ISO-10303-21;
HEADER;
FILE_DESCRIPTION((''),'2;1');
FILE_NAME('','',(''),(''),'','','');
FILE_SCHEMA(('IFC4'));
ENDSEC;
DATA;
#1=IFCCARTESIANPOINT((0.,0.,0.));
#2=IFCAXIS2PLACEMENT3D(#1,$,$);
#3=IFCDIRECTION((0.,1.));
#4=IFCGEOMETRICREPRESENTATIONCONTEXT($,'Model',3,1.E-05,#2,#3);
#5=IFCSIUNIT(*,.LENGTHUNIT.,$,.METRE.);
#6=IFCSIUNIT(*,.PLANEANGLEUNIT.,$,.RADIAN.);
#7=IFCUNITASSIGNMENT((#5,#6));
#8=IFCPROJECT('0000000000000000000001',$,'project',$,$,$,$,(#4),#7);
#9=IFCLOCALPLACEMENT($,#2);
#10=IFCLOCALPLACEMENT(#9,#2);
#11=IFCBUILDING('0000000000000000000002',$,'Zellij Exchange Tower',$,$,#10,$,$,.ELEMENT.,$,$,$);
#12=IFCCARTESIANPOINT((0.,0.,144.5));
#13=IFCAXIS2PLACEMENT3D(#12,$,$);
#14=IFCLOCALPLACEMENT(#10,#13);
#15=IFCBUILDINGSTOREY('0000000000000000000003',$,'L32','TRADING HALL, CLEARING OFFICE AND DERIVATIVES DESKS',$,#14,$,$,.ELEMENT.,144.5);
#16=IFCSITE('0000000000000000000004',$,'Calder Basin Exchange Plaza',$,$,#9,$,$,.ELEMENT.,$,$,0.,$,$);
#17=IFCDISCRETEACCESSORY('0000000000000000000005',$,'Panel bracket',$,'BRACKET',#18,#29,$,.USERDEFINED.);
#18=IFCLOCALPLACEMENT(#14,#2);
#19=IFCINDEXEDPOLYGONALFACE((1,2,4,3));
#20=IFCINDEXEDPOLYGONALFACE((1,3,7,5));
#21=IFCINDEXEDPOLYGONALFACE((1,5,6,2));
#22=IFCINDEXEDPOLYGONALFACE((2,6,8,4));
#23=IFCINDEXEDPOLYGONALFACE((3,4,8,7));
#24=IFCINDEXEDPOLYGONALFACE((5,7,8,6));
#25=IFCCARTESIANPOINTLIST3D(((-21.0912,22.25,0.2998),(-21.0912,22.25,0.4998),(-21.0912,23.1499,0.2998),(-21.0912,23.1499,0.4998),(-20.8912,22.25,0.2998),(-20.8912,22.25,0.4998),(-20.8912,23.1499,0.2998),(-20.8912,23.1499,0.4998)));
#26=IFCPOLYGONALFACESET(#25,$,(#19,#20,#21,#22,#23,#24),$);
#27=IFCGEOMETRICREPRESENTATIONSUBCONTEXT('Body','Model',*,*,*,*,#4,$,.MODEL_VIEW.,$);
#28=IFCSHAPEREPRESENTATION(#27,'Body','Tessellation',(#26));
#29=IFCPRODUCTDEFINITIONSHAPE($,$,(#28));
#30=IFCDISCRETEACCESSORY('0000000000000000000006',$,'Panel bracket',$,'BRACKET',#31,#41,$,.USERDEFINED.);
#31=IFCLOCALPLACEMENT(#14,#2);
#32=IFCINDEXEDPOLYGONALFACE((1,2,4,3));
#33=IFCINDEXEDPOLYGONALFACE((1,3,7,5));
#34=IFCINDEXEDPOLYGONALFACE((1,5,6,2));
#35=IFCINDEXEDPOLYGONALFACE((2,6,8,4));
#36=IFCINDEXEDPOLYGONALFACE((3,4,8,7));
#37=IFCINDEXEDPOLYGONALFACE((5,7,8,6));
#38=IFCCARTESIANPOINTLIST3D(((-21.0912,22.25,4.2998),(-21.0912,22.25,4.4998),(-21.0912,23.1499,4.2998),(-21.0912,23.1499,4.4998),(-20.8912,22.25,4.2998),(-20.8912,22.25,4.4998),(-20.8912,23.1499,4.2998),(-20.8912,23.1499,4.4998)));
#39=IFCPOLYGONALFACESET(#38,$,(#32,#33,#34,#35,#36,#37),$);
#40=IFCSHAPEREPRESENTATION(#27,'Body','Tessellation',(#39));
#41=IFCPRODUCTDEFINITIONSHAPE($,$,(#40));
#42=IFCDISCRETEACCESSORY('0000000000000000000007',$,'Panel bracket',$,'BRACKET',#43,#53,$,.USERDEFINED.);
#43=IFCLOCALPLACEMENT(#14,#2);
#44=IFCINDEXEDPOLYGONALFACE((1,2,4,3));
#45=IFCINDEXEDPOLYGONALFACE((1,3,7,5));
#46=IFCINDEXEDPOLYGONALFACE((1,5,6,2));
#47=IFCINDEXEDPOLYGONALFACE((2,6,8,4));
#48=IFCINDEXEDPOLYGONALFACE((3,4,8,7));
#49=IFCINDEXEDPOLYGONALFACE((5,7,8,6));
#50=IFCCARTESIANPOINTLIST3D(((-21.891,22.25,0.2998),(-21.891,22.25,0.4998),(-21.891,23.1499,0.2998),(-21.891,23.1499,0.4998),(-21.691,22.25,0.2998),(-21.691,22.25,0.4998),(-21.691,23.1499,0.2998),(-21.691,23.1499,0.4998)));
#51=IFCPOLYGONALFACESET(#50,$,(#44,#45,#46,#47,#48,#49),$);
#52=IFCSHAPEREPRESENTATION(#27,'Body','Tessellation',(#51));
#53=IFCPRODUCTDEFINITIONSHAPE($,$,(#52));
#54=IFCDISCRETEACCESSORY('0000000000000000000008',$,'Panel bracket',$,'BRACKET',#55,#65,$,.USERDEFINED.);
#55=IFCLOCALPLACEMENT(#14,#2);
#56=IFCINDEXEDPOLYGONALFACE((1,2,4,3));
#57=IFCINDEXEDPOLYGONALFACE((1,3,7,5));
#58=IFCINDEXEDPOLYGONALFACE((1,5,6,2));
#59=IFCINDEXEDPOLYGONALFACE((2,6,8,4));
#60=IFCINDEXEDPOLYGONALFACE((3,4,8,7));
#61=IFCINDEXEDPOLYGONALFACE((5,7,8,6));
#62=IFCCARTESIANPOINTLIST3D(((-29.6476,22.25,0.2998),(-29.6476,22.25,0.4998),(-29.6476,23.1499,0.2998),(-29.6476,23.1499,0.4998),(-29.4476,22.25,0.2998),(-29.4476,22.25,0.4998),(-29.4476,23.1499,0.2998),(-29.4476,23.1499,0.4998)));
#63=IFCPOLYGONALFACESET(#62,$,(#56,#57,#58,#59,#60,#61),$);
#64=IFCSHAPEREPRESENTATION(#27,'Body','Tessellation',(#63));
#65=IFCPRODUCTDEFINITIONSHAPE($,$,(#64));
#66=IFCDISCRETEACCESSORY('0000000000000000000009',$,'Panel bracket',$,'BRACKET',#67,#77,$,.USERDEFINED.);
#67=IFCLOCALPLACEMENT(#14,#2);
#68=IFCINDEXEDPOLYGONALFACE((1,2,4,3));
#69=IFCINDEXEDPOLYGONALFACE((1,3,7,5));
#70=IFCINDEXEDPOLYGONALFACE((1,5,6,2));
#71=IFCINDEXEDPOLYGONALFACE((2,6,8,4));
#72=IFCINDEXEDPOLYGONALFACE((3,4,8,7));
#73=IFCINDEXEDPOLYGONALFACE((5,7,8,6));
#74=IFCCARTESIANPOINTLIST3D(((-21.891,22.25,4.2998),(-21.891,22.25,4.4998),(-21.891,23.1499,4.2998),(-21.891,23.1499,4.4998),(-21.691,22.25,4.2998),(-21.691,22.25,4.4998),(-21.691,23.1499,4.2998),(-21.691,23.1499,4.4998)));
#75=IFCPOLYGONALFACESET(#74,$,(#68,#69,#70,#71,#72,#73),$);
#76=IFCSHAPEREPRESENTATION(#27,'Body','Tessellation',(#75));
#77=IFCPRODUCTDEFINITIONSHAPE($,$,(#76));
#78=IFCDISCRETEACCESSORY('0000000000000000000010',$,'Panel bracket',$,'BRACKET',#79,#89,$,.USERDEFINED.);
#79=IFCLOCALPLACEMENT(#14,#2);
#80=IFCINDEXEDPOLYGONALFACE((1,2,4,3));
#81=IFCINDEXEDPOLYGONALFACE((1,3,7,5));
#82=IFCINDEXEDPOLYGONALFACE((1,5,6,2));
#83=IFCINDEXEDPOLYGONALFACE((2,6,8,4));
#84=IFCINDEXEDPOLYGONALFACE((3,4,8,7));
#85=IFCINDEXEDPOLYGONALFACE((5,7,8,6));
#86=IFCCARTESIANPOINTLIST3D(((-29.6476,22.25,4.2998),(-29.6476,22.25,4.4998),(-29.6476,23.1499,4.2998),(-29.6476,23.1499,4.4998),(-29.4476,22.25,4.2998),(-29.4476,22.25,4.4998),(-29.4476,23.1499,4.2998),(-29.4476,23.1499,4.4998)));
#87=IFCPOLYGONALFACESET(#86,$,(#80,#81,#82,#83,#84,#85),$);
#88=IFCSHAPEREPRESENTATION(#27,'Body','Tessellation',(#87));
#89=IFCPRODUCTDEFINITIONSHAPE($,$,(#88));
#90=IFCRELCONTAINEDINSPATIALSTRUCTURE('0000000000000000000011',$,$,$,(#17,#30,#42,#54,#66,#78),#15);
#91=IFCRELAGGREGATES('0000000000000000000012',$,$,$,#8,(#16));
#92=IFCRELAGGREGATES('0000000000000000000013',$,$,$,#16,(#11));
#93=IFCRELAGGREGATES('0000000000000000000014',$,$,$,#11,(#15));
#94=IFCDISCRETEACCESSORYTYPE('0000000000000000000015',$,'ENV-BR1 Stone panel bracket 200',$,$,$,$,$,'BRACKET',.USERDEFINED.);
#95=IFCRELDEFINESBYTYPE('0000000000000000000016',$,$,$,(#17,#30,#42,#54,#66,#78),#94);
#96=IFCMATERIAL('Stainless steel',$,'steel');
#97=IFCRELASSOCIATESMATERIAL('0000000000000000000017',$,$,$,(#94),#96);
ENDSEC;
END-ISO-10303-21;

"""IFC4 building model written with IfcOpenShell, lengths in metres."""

from ifc_helpers import new_model, si_unit, direction, frame, origin, origin_2d, place, context, subcontext, project, spatial, rectangle, extrude, material, type_object, element, save


model = new_model("IFC4")

# Units and contexts
model_context = context("Model", 3, precision=1e-05, world=origin(), true_north=direction((0.0, 1.0)))
body_context = subcontext(model_context, "Body", "Model", "MODEL_VIEW")
ifc_project = project(units=[si_unit("LENGTHUNIT", "METRE"), si_unit("PLANEANGLEUNIT", "RADIAN")], contexts=[model_context])

# Site, building, storey
site_placement = place(None, origin())
site = spatial("IfcSite", under=ifc_project, at=site_placement, Name="Calder Basin Exchange Plaza", CompositionType="ELEMENT", RefElevation=0.0)
building_placement = place(site_placement, origin())
building = spatial("IfcBuilding", under=site, at=building_placement, Name="Zellij Exchange Tower", CompositionType="ELEMENT")
storey_placement = place(building_placement, frame((0.0, 0.0, 144.5)))
storey = spatial("IfcBuildingStorey", under=building, at=storey_placement, Name="L32", Description="TRADING HALL, CLEARING OFFICE AND DERIVATIVES DESKS", CompositionType="ELEMENT", Elevation=144.5)

# Discrete accessories
ifc_material_1 = material(Name="Stainless steel", Category="steel")
discrete_accessory_type = type_object("IfcDiscreteAccessoryType", Name="ENV-BR1 Stone panel bracket 200", ElementType="BRACKET", PredefinedType="USERDEFINED", material=ifc_material_1)
for number, where, z_axis, x_axis, name in (
    (1, (-20.9912, 22.7, 0.2998), (0.0, 0.0, 1.0), (-1.0, 0.0, 0.0), "Panel bracket"),
    (2, (-20.9912, 22.7, 4.2998), (0.0, 0.0, 1.0), (-1.0, 0.0, 0.0), "Panel bracket"),
    (3, (-21.791, 22.7, 0.2998), (0.0, 0.0, 1.0), (-1.0, 0.0, 0.0), "Panel bracket"),
    (4, (-29.5476, 22.7, 0.2998), (0.0, 0.0, 1.0), (-1.0, 0.0, 0.0), "Panel bracket"),
    (5, (-21.791, 22.7, 4.2998), (0.0, 0.0, 1.0), (-1.0, 0.0, 0.0), "Panel bracket"),
    (6, (-29.5476, 22.7, 4.2998), (0.0, 0.0, 1.0), (-1.0, 0.0, 0.0), "Panel bracket"),
):
    element("IfcDiscreteAccessory", number, at=place(storey_placement, frame(where, z_axis=z_axis, x_axis=x_axis)), inside=storey, type_object=discrete_accessory_type, Name=name, ObjectType="BRACKET", PredefinedType="USERDEFINED", context=body_context, shape_type="SweptSolid", body=[
        extrude(rectangle(XDim=0.2, YDim=0.8999, at=origin_2d()), origin(), (0.0, 0.0, 1.0), 0.2),
    ])

save(model, "model.ifc")
